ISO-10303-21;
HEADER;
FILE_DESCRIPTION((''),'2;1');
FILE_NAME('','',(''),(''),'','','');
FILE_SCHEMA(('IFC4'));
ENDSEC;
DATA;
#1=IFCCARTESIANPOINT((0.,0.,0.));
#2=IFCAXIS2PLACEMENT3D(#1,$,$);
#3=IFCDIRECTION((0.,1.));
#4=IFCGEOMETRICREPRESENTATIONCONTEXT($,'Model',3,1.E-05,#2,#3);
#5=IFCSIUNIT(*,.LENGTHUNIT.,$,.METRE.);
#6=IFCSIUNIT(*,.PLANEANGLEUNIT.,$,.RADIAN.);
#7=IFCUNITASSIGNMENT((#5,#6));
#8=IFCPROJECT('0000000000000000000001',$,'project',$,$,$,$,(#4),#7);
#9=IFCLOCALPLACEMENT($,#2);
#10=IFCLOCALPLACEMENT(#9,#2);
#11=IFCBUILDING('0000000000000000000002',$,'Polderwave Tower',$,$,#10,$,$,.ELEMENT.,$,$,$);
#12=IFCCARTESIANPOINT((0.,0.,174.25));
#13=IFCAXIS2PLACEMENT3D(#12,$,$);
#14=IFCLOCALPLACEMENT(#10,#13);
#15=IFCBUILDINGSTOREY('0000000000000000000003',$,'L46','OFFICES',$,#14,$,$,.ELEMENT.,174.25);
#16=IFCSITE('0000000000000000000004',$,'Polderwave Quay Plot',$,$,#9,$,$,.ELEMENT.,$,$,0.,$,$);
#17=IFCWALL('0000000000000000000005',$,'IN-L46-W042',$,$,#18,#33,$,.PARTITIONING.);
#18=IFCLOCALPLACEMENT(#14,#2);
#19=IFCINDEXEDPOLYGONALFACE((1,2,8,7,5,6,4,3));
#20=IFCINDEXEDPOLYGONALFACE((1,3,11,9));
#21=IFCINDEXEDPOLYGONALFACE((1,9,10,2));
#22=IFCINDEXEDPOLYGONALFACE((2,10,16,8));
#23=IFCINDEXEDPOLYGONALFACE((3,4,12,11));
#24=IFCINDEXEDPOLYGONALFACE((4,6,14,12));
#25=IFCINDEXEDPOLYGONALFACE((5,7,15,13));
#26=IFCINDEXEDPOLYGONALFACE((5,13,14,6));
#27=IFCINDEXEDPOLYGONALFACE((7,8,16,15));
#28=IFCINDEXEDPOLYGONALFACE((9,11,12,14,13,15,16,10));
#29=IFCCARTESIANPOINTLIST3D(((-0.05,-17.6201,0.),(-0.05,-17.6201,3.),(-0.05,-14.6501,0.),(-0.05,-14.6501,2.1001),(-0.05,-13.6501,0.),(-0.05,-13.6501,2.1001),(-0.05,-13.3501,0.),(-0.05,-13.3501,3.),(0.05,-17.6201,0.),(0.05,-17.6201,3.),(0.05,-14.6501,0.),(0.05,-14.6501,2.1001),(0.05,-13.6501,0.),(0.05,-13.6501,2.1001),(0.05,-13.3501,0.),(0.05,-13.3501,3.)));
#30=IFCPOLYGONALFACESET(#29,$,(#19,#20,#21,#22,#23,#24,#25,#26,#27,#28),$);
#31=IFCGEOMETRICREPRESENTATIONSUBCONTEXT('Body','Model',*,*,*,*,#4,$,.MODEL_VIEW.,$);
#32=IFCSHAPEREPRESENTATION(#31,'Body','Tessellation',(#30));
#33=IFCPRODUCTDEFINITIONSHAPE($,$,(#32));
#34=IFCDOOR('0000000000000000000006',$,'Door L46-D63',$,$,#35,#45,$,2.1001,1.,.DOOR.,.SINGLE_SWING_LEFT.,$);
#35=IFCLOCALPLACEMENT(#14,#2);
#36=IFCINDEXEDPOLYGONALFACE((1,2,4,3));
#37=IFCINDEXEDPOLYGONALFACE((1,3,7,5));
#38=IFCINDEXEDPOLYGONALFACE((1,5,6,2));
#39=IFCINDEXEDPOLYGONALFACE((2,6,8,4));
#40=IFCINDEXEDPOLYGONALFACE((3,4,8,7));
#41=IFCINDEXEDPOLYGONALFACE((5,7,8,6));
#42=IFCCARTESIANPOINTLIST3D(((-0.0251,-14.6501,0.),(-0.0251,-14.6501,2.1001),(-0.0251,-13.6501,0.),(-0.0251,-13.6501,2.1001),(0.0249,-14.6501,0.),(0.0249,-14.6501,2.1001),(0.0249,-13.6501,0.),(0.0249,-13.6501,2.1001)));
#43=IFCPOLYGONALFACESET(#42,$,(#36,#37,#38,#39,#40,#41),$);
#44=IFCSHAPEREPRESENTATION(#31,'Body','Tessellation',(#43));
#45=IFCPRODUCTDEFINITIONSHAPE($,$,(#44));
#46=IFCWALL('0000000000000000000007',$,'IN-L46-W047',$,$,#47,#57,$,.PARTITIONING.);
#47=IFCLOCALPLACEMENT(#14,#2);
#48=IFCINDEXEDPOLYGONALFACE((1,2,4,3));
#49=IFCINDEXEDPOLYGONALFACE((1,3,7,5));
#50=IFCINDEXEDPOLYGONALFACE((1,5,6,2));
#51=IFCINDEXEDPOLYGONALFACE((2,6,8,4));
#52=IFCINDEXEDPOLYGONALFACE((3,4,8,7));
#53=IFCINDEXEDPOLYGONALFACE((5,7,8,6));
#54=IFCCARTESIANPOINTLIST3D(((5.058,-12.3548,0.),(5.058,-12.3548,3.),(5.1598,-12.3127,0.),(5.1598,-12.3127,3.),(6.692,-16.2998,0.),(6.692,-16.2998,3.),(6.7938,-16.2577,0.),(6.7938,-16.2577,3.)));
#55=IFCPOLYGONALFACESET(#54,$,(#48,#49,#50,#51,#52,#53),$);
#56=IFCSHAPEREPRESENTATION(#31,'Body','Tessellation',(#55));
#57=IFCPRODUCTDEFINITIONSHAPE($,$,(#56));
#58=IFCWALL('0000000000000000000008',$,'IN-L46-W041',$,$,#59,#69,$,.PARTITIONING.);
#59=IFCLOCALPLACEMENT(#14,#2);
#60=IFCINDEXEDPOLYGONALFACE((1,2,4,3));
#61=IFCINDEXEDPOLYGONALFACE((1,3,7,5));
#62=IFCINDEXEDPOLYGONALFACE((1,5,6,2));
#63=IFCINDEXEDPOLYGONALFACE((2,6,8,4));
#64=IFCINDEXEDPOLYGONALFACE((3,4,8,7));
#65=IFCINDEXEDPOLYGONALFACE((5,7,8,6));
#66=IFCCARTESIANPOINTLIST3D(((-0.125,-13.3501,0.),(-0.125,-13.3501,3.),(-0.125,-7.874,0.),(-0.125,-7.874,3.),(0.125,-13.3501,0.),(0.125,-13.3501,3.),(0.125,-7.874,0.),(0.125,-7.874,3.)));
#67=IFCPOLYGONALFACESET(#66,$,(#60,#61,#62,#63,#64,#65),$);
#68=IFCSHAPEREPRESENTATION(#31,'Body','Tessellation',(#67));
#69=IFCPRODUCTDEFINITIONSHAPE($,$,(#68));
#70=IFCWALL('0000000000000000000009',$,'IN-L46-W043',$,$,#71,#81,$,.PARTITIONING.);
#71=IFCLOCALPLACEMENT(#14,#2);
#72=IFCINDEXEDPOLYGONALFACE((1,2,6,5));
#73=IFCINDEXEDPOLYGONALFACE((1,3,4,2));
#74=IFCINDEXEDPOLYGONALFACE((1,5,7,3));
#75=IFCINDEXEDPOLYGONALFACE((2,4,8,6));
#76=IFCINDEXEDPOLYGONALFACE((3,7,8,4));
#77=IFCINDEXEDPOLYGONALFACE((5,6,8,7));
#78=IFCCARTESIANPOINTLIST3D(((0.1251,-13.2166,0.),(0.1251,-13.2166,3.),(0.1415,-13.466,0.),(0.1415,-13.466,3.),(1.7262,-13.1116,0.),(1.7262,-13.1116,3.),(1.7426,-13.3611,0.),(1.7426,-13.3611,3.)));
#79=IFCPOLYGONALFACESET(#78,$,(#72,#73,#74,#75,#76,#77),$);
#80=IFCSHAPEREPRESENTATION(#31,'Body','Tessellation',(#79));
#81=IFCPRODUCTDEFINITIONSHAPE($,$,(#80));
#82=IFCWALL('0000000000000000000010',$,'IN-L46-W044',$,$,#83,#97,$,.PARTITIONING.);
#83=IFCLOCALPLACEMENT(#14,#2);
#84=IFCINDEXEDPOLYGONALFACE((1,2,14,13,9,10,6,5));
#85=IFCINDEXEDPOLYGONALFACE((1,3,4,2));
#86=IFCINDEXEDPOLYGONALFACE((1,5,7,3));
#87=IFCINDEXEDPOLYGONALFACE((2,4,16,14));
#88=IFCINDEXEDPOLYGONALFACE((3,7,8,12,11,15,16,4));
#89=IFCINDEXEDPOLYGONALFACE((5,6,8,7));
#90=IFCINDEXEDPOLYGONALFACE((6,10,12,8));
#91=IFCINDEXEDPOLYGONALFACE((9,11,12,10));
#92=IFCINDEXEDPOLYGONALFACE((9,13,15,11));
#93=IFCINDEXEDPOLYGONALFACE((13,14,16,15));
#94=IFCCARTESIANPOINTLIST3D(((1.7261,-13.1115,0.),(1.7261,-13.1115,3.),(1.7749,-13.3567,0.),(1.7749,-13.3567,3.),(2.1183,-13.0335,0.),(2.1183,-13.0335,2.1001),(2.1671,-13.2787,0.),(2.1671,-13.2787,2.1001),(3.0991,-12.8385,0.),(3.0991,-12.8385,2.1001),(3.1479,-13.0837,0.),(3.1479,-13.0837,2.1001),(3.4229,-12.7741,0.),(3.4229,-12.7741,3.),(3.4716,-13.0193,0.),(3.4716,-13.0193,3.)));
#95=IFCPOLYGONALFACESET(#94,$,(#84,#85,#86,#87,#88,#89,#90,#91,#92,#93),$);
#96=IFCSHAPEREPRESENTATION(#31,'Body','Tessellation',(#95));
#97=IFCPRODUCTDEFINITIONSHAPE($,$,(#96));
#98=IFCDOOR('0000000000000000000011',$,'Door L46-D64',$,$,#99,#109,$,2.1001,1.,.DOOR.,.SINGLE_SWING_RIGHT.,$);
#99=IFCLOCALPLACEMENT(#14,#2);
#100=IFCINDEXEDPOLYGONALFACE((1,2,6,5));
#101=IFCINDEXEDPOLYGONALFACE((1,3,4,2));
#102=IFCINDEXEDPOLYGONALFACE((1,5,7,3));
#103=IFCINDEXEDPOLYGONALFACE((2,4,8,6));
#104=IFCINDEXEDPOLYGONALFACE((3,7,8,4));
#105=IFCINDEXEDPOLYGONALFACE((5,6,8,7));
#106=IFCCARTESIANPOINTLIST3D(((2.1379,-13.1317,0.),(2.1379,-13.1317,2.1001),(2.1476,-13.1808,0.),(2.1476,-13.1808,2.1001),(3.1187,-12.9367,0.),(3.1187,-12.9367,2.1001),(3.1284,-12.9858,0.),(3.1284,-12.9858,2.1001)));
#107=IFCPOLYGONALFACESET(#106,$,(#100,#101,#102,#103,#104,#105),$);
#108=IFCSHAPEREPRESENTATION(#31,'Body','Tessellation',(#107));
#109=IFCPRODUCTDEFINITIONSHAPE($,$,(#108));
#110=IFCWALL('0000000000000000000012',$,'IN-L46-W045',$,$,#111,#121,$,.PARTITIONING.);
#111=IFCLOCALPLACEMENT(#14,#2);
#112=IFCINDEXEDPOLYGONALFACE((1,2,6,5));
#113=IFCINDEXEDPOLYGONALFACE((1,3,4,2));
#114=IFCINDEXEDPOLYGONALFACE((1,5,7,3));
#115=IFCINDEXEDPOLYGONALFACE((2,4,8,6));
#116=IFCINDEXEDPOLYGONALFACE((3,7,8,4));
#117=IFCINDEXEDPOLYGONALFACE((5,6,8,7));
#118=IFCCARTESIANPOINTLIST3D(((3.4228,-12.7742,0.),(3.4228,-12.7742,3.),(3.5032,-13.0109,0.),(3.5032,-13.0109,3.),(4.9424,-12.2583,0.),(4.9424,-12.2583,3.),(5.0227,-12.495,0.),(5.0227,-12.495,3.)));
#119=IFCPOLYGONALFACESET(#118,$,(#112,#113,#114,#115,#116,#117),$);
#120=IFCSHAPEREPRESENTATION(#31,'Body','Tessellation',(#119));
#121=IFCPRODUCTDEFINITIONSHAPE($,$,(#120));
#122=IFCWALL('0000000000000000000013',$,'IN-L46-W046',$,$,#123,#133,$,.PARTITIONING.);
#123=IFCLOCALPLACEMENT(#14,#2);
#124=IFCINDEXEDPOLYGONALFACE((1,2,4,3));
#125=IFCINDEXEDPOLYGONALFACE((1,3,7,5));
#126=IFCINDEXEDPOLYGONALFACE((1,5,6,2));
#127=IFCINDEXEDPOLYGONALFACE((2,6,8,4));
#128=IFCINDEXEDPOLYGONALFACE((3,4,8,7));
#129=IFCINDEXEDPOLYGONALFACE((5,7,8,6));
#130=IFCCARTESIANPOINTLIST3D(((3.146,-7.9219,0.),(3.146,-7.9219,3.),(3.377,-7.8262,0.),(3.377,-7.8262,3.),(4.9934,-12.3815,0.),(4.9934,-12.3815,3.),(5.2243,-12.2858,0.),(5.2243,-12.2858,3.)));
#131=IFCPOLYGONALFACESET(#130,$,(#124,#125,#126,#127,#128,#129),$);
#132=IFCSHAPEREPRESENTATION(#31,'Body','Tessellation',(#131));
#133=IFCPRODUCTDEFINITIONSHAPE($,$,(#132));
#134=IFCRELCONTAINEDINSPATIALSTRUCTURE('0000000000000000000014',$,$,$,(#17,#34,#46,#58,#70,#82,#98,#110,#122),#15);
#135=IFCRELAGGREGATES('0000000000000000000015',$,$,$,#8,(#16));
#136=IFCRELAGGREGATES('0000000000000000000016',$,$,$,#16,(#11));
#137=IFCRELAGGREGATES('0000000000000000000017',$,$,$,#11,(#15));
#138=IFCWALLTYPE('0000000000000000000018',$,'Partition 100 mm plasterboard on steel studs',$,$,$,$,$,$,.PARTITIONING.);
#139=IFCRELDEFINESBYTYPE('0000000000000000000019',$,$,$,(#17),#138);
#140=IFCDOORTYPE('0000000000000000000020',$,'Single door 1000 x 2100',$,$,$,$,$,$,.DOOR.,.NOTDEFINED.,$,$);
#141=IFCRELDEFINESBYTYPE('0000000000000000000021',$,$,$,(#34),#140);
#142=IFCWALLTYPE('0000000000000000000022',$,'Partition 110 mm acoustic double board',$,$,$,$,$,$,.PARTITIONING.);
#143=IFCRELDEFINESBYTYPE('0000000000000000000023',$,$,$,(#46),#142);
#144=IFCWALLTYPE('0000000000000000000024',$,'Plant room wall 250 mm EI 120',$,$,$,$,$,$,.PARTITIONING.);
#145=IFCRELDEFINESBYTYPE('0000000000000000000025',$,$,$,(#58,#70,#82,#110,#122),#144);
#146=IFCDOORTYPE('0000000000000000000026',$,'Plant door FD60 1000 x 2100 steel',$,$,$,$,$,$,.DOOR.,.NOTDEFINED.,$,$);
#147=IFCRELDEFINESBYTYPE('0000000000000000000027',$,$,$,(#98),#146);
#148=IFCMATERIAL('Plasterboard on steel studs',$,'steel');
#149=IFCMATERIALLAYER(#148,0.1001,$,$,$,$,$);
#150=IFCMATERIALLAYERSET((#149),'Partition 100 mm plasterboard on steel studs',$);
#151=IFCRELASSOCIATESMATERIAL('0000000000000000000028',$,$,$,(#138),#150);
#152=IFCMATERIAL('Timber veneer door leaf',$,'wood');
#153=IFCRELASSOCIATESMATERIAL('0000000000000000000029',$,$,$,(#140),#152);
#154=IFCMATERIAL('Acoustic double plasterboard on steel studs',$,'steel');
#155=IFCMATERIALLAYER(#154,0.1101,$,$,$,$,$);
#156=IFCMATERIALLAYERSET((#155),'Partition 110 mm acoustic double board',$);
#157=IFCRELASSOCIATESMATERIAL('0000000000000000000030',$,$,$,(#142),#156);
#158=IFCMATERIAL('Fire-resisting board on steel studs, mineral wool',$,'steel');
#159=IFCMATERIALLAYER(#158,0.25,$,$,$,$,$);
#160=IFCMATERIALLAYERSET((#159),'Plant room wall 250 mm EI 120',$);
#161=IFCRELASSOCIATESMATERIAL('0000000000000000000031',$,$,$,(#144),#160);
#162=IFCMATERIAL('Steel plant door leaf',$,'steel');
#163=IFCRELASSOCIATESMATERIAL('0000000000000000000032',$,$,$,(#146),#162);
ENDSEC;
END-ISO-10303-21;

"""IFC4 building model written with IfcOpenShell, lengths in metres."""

from ifc_helpers import new_model, si_unit, direction, frame, frame_2d, origin, place, context, subcontext, project, spatial, rectangle, extrude, material, layer, layer_set, type_object, element, fill, save


model = new_model("IFC4")

# Units and contexts
model_context = context("Model", 3, precision=1e-05, world=origin(), true_north=direction((0.0, 1.0)))
body_context = subcontext(model_context, "Body", "Model", "MODEL_VIEW")
ifc_project = project(units=[si_unit("LENGTHUNIT", "METRE"), si_unit("PLANEANGLEUNIT", "RADIAN")], contexts=[model_context])

# Site, building, storey
site_placement = place(None, origin())
site = spatial("IfcSite", under=ifc_project, at=site_placement, Name="Polderwave Quay Plot", CompositionType="ELEMENT", RefElevation=0.0)
building_placement = place(site_placement, origin())
building = spatial("IfcBuilding", under=site, at=building_placement, Name="Polderwave Tower", CompositionType="ELEMENT")
storey_placement = place(building_placement, frame((0.0, 0.0, 174.25)))
storey = spatial("IfcBuildingStorey", under=building, at=storey_placement, Name="L46", Description="OFFICES", CompositionType="ELEMENT", Elevation=174.25)

# Wall, opening, door
ifc_material_1 = material(Name="Plasterboard on steel studs", Category="steel")
ifc_layer_1 = layer(ifc_material_1, 0.1001)
ifc_layer_set_1 = layer_set([ifc_layer_1], Name="Partition 100 mm plasterboard on steel studs")
wall_type_1 = type_object("IfcWallType", Name="Partition 100 mm plasterboard on steel studs", PredefinedType="PARTITIONING", material=ifc_layer_set_1)
wall_1_placement = place(storey_placement, frame((0.0, -13.3501, 0.0), z_axis=(0.0, 0.0, 1.0), x_axis=(0.0, -1.0, 0.0)))
wall_1 = element("IfcWall", 1, at=wall_1_placement, inside=storey, type_object=wall_type_1, Name="IN-L46-W042", PredefinedType="PARTITIONING", context=body_context, shape_type="SweptSolid", body=[
    extrude(rectangle(XDim=4.27, YDim=0.1001, at=frame_2d((2.135, 0.0))), origin(), (0.0, 0.0, 1.0), 3.0),
])
opening_1_placement = place(wall_1_placement, frame((0.3, 0.0, 0.0)))
opening_1 = element("IfcOpeningElement", 2, at=opening_1_placement, cuts=wall_1, PredefinedType="OPENING", context=body_context, shape_type="SweptSolid", body=[
    extrude(rectangle(XDim=1.0, YDim=2.1001, at=frame_2d((0.5, 1.05))), frame((0.0, 0.0601, 0.0), z_axis=(0.0, -1.0, 0.0), x_axis=(1.0, 0.0, 0.0)), (0.0, 0.0, 1.0), 0.1201),
])
ifc_material_2 = material(Name="Timber veneer door leaf", Category="wood")
door_type_1 = type_object("IfcDoorType", Name="Single door 1000 x 2100", OperationType="NOTDEFINED", PredefinedType="DOOR", material=ifc_material_2)
door_1_placement = place(opening_1_placement, origin())
door_1 = element("IfcDoor", 3, at=door_1_placement, inside=storey, type_object=door_type_1, Name="Door L46-D63", OperationType="SINGLE_SWING_LEFT", OverallHeight=2.1001, OverallWidth=1.0, PredefinedType="DOOR", context=body_context, shape_type="SweptSolid", body=[
    extrude(rectangle(XDim=1.0, YDim=2.1001, at=frame_2d((0.5, 1.05))), frame((0.0, 0.0249, 0.0), z_axis=(0.0, -1.0, 0.0), x_axis=(1.0, 0.0, 0.0)), (0.0, 0.0, 1.0), 0.05),
])
fill(opening_1, door_1)

# Walls
ifc_material_3 = material(Name="Acoustic double plasterboard on steel studs", Category="steel")
ifc_layer_2 = layer(ifc_material_3, 0.1101)
ifc_layer_set_2 = layer_set([ifc_layer_2], Name="Partition 110 mm acoustic double board")
wall_type_2 = type_object("IfcWallType", Name="Partition 110 mm acoustic double board", PredefinedType="PARTITIONING", material=ifc_layer_set_2)
wall_2_placement = place(storey_placement, frame((5.1089, -12.3337, 0.0), z_axis=(0.0, 0.0, 1.0), x_axis=(0.38267, -0.923885, 0.0)))
element("IfcWall", 4, at=wall_2_placement, inside=storey, type_object=wall_type_2, Name="IN-L46-W047", PredefinedType="PARTITIONING", context=body_context, shape_type="SweptSolid", body=[
    extrude(rectangle(XDim=4.27, YDim=0.1101, at=frame_2d((2.135, 0.0))), origin(), (0.0, 0.0, 1.0), 3.0),
])
ifc_material_4 = material(Name="Fire-resisting board on steel studs, mineral wool", Category="steel")
ifc_layer_3 = layer(ifc_material_4, 0.25)
ifc_layer_set_3 = layer_set([ifc_layer_3], Name="Plant room wall 250 mm EI 120")
wall_type_3 = type_object("IfcWallType", Name="Plant room wall 250 mm EI 120", PredefinedType="PARTITIONING", material=ifc_layer_set_3)
wall_3_placement = place(storey_placement, frame((0.0, -7.874, 0.0), z_axis=(0.0, 0.0, 1.0), x_axis=(0.0, -1.0, 0.0)))
element("IfcWall", 5, at=wall_3_placement, inside=storey, type_object=wall_type_3, Name="IN-L46-W041", PredefinedType="PARTITIONING", context=body_context, shape_type="SweptSolid", body=[
    extrude(rectangle(XDim=5.4761, YDim=0.25, at=frame_2d((2.738, 0.0))), origin(), (0.0, 0.0, 1.0), 3.0),
])
wall_4_placement = place(storey_placement, frame((1.7344, -13.2363, 0.0), z_axis=(0.0, 0.0, 1.0), x_axis=(-0.997857, -0.065428, 0.0)))
element("IfcWall", 6, at=wall_4_placement, inside=storey, type_object=wall_type_3, Name="IN-L46-W043", PredefinedType="PARTITIONING", context=body_context, shape_type="SweptSolid", body=[
    extrude(rectangle(XDim=1.6045, YDim=0.25, at=frame_2d((0.8022, 0.0))), origin(), (0.0, 0.0, 1.0), 3.0),
])

# Wall, opening, door
wall_5_placement = place(storey_placement, frame((1.7505, -13.2341, 0.0), z_axis=(0.0, 0.0, 1.0), x_axis=(0.980797, 0.19503, 0.0)))
wall_5 = element("IfcWall", 7, at=wall_5_placement, inside=storey, type_object=wall_type_3, Name="IN-L46-W044", PredefinedType="PARTITIONING", context=body_context, shape_type="SweptSolid", body=[
    extrude(rectangle(XDim=1.73, YDim=0.25, at=frame_2d((0.865, 0.0))), origin(), (0.0, 0.0, 1.0), 3.0),
])
opening_2_placement = place(wall_5_placement, frame((0.3999, 0.0, 0.0)))
opening_2 = element("IfcOpeningElement", 8, at=opening_2_placement, cuts=wall_5, PredefinedType="OPENING", context=body_context, shape_type="SweptSolid", body=[
    extrude(rectangle(XDim=1.0, YDim=2.1001, at=frame_2d((0.5, 1.05))), frame((0.0, 0.135, 0.0), z_axis=(0.0, -1.0, 0.0), x_axis=(1.0, 0.0, 0.0)), (0.0, 0.0, 1.0), 0.27),
])
ifc_material_5 = material(Name="Steel plant door leaf", Category="steel")
door_type_2 = type_object("IfcDoorType", Name="Plant door FD60 1000 x 2100 steel", OperationType="NOTDEFINED", PredefinedType="DOOR", material=ifc_material_5)
door_2_placement = place(opening_2_placement, origin())
door_2 = element("IfcDoor", 9, at=door_2_placement, inside=storey, type_object=door_type_2, Name="Door L46-D64", OperationType="SINGLE_SWING_RIGHT", OverallHeight=2.1001, OverallWidth=1.0, PredefinedType="DOOR", context=body_context, shape_type="SweptSolid", body=[
    extrude(rectangle(XDim=1.0, YDim=2.1001, at=frame_2d((0.5, 1.05))), frame((0.0, 0.0249, 0.0), z_axis=(0.0, -1.0, 0.0), x_axis=(1.0, 0.0, 0.0)), (0.0, 0.0, 1.0), 0.05),
])
fill(opening_2, door_2)

# Walls
wall_6_placement = place(storey_placement, frame((4.9824, -12.3767, 0.0), z_axis=(0.0, 0.0, 1.0), x_axis=(-0.946919, -0.321472, 0.0)))
element("IfcWall", 10, at=wall_6_placement, inside=storey, type_object=wall_type_3, Name="IN-L46-W045", PredefinedType="PARTITIONING", context=body_context, shape_type="SweptSolid", body=[
    extrude(rectangle(XDim=1.6047, YDim=0.25, at=frame_2d((0.8022, 0.0))), origin(), (0.0, 0.0, 1.0), 3.0),
])
wall_7_placement = place(storey_placement, frame((3.2615, -7.874, 0.0), z_axis=(0.0, 0.0, 1.0), x_axis=(0.382708, -0.92387, 0.0)))
element("IfcWall", 11, at=wall_7_placement, inside=storey, type_object=wall_type_3, Name="IN-L46-W046", PredefinedType="PARTITIONING", context=body_context, shape_type="SweptSolid", body=[
    extrude(rectangle(XDim=4.8271, YDim=0.25, at=frame_2d((2.4136, 0.0))), origin(), (0.0, 0.0, 1.0), 3.0),
])

save(model, "model.ifc")
